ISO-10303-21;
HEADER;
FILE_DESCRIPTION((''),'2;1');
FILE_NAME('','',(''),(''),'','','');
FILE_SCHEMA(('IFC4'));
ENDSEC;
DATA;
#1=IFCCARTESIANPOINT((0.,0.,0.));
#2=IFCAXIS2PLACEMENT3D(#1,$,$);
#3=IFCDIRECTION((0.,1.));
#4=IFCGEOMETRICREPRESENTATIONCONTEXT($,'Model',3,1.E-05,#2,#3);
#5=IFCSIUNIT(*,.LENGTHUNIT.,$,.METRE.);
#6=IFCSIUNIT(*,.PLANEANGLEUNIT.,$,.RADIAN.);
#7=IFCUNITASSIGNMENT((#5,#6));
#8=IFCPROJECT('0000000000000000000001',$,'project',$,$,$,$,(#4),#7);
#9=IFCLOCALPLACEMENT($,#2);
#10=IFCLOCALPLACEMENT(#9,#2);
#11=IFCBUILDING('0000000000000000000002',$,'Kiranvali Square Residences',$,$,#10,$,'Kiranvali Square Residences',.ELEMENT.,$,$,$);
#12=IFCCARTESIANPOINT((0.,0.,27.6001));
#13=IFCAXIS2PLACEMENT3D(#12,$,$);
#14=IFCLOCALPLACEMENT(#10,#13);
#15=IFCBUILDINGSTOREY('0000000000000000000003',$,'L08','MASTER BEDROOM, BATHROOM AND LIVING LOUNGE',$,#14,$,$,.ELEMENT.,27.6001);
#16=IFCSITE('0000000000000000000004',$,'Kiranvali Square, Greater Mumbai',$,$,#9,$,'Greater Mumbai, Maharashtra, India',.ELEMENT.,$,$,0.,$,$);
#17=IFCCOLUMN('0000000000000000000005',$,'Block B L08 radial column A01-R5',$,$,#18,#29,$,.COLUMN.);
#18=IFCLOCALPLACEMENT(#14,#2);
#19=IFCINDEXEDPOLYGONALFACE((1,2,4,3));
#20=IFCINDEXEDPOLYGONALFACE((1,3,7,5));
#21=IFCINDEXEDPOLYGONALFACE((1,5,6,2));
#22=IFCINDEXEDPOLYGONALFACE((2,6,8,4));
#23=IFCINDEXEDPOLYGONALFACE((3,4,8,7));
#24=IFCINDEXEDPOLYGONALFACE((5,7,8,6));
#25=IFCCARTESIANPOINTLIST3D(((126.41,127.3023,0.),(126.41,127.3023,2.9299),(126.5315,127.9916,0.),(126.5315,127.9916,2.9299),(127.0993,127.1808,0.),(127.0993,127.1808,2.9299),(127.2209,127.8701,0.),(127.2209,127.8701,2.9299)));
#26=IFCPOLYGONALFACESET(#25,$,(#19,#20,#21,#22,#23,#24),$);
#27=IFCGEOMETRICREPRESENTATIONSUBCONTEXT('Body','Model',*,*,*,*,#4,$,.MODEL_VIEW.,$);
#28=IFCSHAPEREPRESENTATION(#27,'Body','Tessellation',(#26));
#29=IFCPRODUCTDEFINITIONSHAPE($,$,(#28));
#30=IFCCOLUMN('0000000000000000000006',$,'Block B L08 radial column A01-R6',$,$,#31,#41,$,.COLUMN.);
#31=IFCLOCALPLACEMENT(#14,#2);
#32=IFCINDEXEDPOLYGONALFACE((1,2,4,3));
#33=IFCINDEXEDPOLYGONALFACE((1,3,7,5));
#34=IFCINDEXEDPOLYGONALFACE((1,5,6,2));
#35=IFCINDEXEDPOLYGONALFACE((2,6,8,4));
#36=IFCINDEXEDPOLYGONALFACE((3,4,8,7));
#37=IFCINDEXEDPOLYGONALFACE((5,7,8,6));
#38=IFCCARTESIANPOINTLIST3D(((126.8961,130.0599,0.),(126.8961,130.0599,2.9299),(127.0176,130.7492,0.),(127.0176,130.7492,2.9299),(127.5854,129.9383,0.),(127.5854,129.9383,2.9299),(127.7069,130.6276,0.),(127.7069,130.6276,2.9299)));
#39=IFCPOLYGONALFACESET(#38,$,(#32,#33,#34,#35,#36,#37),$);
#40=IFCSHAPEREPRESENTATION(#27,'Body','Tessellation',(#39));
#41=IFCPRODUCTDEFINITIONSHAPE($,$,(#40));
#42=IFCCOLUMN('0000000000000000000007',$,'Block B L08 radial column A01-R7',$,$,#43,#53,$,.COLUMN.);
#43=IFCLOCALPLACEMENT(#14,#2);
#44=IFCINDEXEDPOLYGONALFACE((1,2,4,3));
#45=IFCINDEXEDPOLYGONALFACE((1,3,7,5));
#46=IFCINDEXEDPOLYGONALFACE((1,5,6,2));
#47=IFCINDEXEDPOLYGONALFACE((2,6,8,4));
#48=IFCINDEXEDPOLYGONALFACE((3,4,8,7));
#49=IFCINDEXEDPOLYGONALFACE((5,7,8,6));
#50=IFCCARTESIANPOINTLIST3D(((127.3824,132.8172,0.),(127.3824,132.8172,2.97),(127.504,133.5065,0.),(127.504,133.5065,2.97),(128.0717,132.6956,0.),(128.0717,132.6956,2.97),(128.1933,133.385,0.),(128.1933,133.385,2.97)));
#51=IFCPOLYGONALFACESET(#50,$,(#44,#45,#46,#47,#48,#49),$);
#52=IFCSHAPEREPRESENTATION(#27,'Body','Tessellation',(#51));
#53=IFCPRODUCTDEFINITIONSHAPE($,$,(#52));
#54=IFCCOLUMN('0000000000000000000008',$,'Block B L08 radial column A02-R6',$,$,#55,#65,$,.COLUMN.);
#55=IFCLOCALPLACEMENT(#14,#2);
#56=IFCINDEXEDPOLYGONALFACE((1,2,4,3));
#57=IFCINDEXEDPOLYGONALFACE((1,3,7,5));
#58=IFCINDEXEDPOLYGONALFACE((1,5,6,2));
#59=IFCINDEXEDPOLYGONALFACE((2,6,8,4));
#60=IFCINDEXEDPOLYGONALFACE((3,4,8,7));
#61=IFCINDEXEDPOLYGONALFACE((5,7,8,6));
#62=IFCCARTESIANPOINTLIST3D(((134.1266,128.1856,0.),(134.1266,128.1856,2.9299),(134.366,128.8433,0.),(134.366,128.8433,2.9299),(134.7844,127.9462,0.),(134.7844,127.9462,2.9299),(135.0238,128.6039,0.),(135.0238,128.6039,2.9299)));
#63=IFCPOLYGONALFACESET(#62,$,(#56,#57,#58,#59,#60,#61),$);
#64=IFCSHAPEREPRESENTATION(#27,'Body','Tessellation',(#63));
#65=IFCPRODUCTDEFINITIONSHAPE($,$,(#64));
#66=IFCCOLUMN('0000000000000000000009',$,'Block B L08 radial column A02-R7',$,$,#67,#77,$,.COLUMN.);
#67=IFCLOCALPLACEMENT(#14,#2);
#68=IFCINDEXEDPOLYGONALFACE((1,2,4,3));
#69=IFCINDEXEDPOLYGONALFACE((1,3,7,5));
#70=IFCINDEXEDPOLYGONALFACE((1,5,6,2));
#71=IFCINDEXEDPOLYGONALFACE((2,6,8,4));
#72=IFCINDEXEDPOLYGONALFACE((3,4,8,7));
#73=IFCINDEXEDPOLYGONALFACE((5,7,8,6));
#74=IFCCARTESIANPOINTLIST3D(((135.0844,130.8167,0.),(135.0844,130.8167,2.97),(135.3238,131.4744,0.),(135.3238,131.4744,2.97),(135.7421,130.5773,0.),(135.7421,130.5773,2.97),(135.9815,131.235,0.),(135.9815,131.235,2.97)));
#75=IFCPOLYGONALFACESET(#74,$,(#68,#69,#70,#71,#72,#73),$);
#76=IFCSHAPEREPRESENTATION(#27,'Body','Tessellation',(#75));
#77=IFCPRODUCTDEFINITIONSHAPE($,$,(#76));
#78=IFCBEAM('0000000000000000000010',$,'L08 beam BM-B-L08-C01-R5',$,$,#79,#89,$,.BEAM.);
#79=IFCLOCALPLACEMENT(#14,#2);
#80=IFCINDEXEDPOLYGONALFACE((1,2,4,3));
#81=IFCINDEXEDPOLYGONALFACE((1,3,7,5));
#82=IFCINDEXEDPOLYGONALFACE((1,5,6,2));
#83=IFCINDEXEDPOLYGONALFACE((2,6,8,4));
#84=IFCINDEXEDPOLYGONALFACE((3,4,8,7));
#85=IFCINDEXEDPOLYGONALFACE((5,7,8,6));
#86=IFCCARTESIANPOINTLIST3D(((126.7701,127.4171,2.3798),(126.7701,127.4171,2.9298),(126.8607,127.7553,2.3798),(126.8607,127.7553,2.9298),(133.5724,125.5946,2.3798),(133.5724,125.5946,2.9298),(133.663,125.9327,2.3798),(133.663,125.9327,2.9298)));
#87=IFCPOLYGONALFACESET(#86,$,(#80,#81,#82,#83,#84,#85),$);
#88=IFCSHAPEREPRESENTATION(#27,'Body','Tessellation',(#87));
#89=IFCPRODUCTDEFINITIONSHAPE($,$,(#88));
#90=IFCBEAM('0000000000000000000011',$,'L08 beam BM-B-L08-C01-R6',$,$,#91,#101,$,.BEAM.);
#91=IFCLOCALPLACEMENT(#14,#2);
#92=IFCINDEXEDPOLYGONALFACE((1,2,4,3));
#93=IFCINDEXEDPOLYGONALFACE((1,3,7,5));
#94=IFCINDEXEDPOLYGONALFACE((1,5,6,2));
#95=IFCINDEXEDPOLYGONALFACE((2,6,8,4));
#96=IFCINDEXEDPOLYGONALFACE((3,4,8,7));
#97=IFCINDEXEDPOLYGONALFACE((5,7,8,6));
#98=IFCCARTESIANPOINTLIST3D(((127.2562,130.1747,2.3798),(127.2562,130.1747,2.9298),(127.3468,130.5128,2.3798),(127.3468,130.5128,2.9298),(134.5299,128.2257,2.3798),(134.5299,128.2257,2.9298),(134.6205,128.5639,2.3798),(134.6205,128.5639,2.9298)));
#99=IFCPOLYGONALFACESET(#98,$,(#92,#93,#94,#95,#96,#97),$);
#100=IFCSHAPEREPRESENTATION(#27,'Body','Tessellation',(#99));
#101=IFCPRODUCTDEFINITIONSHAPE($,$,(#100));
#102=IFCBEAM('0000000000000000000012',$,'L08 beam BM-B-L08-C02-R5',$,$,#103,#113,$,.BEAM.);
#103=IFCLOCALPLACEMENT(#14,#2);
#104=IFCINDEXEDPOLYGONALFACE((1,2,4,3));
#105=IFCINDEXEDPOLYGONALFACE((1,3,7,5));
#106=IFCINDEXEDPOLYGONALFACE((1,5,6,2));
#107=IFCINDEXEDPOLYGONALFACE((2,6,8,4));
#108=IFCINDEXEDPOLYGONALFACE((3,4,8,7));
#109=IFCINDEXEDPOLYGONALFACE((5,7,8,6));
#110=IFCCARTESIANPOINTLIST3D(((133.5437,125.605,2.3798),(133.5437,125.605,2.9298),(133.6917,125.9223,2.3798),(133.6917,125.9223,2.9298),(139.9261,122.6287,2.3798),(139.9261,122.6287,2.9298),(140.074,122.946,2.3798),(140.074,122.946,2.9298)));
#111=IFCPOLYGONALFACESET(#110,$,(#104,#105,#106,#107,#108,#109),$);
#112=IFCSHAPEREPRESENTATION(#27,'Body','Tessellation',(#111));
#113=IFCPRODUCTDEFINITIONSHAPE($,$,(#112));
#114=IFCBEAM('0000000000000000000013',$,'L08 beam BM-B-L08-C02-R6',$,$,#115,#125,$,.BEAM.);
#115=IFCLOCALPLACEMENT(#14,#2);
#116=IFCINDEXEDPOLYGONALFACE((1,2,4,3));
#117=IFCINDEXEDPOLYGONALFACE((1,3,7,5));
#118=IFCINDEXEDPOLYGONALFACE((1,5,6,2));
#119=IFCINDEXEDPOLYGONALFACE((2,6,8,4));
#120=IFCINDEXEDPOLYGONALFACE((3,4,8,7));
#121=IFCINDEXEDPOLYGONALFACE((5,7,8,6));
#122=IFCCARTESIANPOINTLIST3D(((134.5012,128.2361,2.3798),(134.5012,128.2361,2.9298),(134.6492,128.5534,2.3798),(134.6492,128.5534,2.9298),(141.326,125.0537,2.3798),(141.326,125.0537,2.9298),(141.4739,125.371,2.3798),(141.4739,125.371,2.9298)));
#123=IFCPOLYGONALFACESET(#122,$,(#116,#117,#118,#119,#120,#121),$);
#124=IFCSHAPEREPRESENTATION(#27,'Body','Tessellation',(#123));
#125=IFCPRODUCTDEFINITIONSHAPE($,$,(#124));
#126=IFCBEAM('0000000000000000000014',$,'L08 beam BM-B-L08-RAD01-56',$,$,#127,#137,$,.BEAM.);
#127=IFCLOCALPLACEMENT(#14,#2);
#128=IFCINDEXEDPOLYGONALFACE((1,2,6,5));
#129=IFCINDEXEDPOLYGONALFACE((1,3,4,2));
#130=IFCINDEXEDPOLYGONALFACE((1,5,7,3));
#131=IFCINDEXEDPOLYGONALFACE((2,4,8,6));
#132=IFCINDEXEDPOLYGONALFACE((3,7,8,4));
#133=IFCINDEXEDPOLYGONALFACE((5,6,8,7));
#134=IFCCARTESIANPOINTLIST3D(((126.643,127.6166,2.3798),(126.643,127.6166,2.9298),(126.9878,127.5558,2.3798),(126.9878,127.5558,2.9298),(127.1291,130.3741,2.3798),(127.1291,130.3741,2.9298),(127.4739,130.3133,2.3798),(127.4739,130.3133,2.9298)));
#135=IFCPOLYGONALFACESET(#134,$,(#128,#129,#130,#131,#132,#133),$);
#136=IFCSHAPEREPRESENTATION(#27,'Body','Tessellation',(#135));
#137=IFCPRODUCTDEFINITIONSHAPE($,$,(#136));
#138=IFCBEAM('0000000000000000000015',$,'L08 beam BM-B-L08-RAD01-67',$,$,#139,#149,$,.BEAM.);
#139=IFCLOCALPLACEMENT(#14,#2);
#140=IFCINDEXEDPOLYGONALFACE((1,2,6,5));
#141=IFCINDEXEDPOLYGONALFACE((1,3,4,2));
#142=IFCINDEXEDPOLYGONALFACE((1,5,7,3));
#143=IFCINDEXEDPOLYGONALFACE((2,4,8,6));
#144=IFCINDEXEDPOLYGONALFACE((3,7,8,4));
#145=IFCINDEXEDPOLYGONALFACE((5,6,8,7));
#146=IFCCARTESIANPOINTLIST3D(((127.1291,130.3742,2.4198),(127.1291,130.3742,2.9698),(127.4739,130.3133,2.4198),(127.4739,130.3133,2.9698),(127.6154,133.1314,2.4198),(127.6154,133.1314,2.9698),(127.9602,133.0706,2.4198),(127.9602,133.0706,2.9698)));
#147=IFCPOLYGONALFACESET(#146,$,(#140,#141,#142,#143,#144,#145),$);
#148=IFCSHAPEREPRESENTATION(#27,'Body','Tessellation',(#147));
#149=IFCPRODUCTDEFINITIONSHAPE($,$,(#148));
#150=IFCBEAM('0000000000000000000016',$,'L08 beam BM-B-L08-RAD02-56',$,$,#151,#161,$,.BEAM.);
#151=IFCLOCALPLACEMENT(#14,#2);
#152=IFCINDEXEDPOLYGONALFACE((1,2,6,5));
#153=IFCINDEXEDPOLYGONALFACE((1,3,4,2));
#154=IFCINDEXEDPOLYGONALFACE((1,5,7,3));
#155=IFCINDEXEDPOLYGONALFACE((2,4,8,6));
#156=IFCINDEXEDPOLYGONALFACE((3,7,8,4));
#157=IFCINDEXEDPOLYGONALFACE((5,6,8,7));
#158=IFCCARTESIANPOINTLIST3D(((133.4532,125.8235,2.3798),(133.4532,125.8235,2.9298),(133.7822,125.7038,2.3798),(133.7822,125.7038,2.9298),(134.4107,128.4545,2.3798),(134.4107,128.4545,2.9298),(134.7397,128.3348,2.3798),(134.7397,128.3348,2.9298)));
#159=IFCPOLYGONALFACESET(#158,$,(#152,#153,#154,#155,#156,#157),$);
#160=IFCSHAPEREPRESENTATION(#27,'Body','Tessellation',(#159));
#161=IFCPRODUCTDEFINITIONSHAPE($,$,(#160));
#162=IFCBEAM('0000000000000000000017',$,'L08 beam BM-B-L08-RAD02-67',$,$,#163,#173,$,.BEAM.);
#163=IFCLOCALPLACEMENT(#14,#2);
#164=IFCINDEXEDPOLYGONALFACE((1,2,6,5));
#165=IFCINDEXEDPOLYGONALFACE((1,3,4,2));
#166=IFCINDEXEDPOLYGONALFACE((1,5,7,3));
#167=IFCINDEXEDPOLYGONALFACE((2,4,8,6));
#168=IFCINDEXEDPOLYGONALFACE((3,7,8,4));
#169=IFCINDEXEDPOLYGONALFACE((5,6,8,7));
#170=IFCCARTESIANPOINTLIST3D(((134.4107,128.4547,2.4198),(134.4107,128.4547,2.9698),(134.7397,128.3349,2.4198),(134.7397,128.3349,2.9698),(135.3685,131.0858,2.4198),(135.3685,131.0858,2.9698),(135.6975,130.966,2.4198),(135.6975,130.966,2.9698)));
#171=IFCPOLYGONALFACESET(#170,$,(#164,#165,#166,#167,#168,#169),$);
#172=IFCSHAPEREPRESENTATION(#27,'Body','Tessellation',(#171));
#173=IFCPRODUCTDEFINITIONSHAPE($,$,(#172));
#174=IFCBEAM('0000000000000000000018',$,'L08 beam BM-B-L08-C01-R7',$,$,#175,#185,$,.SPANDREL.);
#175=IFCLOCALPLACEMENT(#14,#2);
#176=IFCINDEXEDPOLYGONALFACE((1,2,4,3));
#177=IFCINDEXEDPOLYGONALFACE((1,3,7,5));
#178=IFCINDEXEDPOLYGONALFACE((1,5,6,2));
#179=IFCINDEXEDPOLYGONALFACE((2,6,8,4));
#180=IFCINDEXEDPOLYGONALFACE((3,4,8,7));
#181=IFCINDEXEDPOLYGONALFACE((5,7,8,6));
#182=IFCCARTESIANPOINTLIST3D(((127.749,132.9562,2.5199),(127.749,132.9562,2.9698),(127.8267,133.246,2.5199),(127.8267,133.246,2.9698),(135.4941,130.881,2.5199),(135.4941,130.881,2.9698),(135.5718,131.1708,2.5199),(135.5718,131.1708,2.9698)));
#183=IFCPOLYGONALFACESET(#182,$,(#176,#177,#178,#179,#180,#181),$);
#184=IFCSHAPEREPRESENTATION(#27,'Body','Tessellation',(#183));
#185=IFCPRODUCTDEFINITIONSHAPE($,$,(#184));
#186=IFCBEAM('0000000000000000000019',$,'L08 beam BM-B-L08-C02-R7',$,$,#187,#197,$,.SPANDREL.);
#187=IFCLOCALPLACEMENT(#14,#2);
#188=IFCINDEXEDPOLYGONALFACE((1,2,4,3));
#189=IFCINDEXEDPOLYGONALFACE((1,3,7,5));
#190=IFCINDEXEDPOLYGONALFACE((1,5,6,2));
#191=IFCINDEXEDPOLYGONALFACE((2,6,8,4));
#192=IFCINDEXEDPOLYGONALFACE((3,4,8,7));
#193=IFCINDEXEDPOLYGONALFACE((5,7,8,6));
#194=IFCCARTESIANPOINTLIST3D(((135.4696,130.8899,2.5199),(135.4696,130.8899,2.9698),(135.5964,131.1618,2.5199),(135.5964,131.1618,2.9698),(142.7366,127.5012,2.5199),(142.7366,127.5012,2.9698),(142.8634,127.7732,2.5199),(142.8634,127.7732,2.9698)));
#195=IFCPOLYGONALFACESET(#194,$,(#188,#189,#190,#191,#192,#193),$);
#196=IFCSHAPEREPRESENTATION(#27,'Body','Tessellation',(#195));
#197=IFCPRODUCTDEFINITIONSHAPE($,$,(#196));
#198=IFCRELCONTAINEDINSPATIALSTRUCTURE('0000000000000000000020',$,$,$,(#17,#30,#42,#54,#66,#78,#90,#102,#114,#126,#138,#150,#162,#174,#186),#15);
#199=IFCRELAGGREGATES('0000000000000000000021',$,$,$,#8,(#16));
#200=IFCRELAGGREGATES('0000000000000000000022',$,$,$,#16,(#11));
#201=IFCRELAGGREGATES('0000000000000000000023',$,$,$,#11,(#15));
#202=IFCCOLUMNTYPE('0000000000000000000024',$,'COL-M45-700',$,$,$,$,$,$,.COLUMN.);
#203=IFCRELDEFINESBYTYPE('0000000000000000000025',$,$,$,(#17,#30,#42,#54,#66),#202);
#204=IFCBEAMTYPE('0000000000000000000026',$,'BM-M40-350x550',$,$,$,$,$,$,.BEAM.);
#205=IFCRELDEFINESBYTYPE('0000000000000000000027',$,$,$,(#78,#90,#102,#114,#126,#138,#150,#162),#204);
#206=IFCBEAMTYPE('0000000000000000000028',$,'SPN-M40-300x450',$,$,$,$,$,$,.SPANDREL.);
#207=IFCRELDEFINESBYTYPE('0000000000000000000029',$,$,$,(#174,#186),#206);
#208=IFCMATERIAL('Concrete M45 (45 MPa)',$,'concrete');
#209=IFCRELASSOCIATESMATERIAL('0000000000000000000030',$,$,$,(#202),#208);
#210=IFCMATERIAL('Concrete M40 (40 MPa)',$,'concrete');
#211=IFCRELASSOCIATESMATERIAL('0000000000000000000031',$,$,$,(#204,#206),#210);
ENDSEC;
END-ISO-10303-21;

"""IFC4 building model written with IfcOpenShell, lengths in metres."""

from ifc_helpers import new_model, si_unit, direction, frame, origin, origin_2d, place, context, subcontext, project, spatial, rectangle, extrude, material, material_profile, profile_set, type_object, element, save


model = new_model("IFC4")

# Units and contexts
model_context = context("Model", 3, precision=1e-05, world=origin(), true_north=direction((0.0, 1.0)))
body_context = subcontext(model_context, "Body", "Model", "MODEL_VIEW")
ifc_project = project(units=[si_unit("LENGTHUNIT", "METRE"), si_unit("PLANEANGLEUNIT", "RADIAN")], contexts=[model_context])

# Site, building, storey
site_placement = place(None, origin())
site = spatial("IfcSite", under=ifc_project, at=site_placement, Name="Kiranvali Square, Greater Mumbai", LongName="Greater Mumbai, Maharashtra, India", CompositionType="ELEMENT", RefElevation=0.0)
building_placement = place(site_placement, origin())
building = spatial("IfcBuilding", under=site, at=building_placement, Name="Kiranvali Square Residences", LongName="Kiranvali Square Residences", CompositionType="ELEMENT")
storey_placement = place(building_placement, frame((0.0, 0.0, 27.6001)))
storey = spatial("IfcBuildingStorey", under=building, at=storey_placement, Name="L08", Description="MASTER BEDROOM, BATHROOM AND LIVING LOUNGE", CompositionType="ELEMENT", Elevation=27.6001)

# Columns
ifc_material_1 = material(Name="Concrete M45 (45 MPa)", Category="concrete")
ifc_material_profile_1 = material_profile(ifc_material_1, rectangle(XDim=0.7, YDim=0.7, at=origin_2d()), Name="RC 700x700")
ifc_profile_set_1 = profile_set([ifc_material_profile_1], Name="Concrete M45 (45 MPa)")
column_type = type_object("IfcColumnType", Name="COL-M45-700", PredefinedType="COLUMN", material=ifc_profile_set_1)
for number, where, z_axis, x_axis, name in (
    (1, (126.8154, 127.5862, 0.0), (0.0, 0.0, 1.0), (-0.984808, 0.173648, 0.0), "Block B L08 radial column A01-R5"),
    (2, (127.3015, 130.3438, 0.0), (0.0, 0.0, 1.0), (-0.984808, 0.173648, 0.0), "Block B L08 radial column A01-R6"),
):
    element("IfcColumn", number, at=place(storey_placement, frame(where, z_axis=z_axis, x_axis=x_axis)), inside=storey, type_object=column_type, Name=name, PredefinedType="COLUMN", context=body_context, shape_type="SweptSolid", body=[
        extrude(rectangle(XDim=0.7, YDim=0.7, at=origin_2d()), origin(), (0.0, 0.0, 1.0), 2.9299),
    ])
column_1_placement = place(storey_placement, frame((127.7878, 133.1011, 0.0), z_axis=(0.0, 0.0, 1.0), x_axis=(-0.984808, 0.173648, 0.0)))
element("IfcColumn", 3, at=column_1_placement, inside=storey, type_object=column_type, Name="Block B L08 radial column A01-R7", PredefinedType="COLUMN", context=body_context, shape_type="SweptSolid", body=[
    extrude(rectangle(XDim=0.7, YDim=0.7, at=origin_2d()), origin(), (0.0, 0.0, 1.0), 2.97),
])
column_2_placement = place(storey_placement, frame((134.5752, 128.3948, 0.0), z_axis=(0.0, 0.0, 1.0), x_axis=(-0.939693, 0.34202, 0.0)))
element("IfcColumn", 4, at=column_2_placement, inside=storey, type_object=column_type, Name="Block B L08 radial column A02-R6", PredefinedType="COLUMN", context=body_context, shape_type="SweptSolid", body=[
    extrude(rectangle(XDim=0.7, YDim=0.7, at=origin_2d()), origin(), (0.0, 0.0, 1.0), 2.9299),
])
column_3_placement = place(storey_placement, frame((135.533, 131.0259, 0.0), z_axis=(0.0, 0.0, 1.0), x_axis=(-0.939693, 0.34202, 0.0)))
element("IfcColumn", 5, at=column_3_placement, inside=storey, type_object=column_type, Name="Block B L08 radial column A02-R7", PredefinedType="COLUMN", context=body_context, shape_type="SweptSolid", body=[
    extrude(rectangle(XDim=0.7, YDim=0.7, at=origin_2d()), origin(), (0.0, 0.0, 1.0), 2.97),
])

# Beams
ifc_material_2 = material(Name="Concrete M40 (40 MPa)", Category="concrete")
ifc_material_profile_2 = material_profile(ifc_material_2, rectangle(XDim=0.3501, YDim=0.55, at=origin_2d()), Name="RC 350x550")
ifc_profile_set_2 = profile_set([ifc_material_profile_2], Name="Concrete M40 (40 MPa)")
beam_type_1 = type_object("IfcBeamType", Name="BM-M40-350x550", PredefinedType="BEAM", material=ifc_profile_set_2)
beam_1_placement = place(storey_placement, frame((126.8154, 127.5862, 2.6548), z_axis=(0.965931, -0.2588, 0.0), x_axis=(0.2588, 0.965931, 0.0)))
element("IfcBeam", 6, at=beam_1_placement, inside=storey, type_object=beam_type_1, Name="L08 beam BM-B-L08-C01-R5", PredefinedType="BEAM", context=body_context, shape_type="SweptSolid", body=[
    extrude(rectangle(XDim=0.3501, YDim=0.55, at=origin_2d()), origin(), (0.0, 0.0, 1.0), 7.0422),
])
beam_2_placement = place(storey_placement, frame((127.3015, 130.3438, 2.6548), z_axis=(0.965926, -0.258819, 0.0), x_axis=(0.258819, 0.965926, 0.0)))
element("IfcBeam", 7, at=beam_2_placement, inside=storey, type_object=beam_type_1, Name="L08 beam BM-B-L08-C01-R6", PredefinedType="BEAM", context=body_context, shape_type="SweptSolid", body=[
    extrude(rectangle(XDim=0.3501, YDim=0.55, at=origin_2d()), origin(), (0.0, 0.0, 1.0), 7.5303),
])
beam_3_placement = place(storey_placement, frame((133.6177, 125.7637, 2.6548), z_axis=(0.906297, -0.422641, 0.0), x_axis=(0.422641, 0.906297, 0.0)))
element("IfcBeam", 8, at=beam_3_placement, inside=storey, type_object=beam_type_1, Name="L08 beam BM-B-L08-C02-R5", PredefinedType="BEAM", context=body_context, shape_type="SweptSolid", body=[
    extrude(rectangle(XDim=0.3501, YDim=0.55, at=origin_2d()), origin(), (0.0, 0.0, 1.0), 7.0422),
])
beam_4_placement = place(storey_placement, frame((134.5752, 128.3948, 2.6548), z_axis=(0.90631, -0.422614, 0.0), x_axis=(0.422614, 0.90631, 0.0)))
element("IfcBeam", 9, at=beam_4_placement, inside=storey, type_object=beam_type_1, Name="L08 beam BM-B-L08-C02-R6", PredefinedType="BEAM", context=body_context, shape_type="SweptSolid", body=[
    extrude(rectangle(XDim=0.3501, YDim=0.55, at=origin_2d()), origin(), (0.0, 0.0, 1.0), 7.5303),
])
beam_5_placement = place(storey_placement, frame((126.8154, 127.5862, 2.6548), z_axis=(0.173596, 0.984817, 0.0), x_axis=(-0.984817, 0.173596, 0.0)))
element("IfcBeam", 10, at=beam_5_placement, inside=storey, type_object=beam_type_1, Name="L08 beam BM-B-L08-RAD01-56", PredefinedType="BEAM", context=body_context, shape_type="SweptSolid", body=[
    extrude(rectangle(XDim=0.3501, YDim=0.55, at=origin_2d()), origin(), (0.0, 0.0, 1.0), 2.8),
])
for number, where, z_axis, x_axis, name in (
    (11, (127.3015, 130.3438, 2.6948), (0.173696, 0.984799, 0.0), (-0.984799, 0.173696, 0.0), "L08 beam BM-B-L08-RAD01-67"),
    (12, (133.6177, 125.7637, 2.6548), (0.341981, 0.939707, 0.0), (-0.939707, 0.341981, 0.0), "L08 beam BM-B-L08-RAD02-56"),
):
    element("IfcBeam", number, at=place(storey_placement, frame(where, z_axis=z_axis, x_axis=x_axis)), inside=storey, type_object=beam_type_1, Name=name, PredefinedType="BEAM", context=body_context, shape_type="SweptSolid", body=[
        extrude(rectangle(XDim=0.3501, YDim=0.55, at=origin_2d()), origin(), (0.0, 0.0, 1.0), 2.7998),
    ])
beam_6_placement = place(storey_placement, frame((134.5752, 128.3948, 2.6948), z_axis=(0.342058, 0.939679, 0.0), x_axis=(-0.939679, 0.342058, 0.0)))
element("IfcBeam", 13, at=beam_6_placement, inside=storey, type_object=beam_type_1, Name="L08 beam BM-B-L08-RAD02-67", PredefinedType="BEAM", context=body_context, shape_type="SweptSolid", body=[
    extrude(rectangle(XDim=0.3501, YDim=0.55, at=origin_2d()), origin(), (0.0, 0.0, 1.0), 2.8),
])
ifc_material_profile_3 = material_profile(ifc_material_2, rectangle(XDim=0.3, YDim=0.45, at=origin_2d()), Name="RC 300x450")
ifc_profile_set_3 = profile_set([ifc_material_profile_3], Name="Concrete M40 (40 MPa)")
beam_type_2 = type_object("IfcBeamType", Name="SPN-M40-300x450", PredefinedType="SPANDREL", material=ifc_profile_set_3)
for number, where, z_axis, x_axis, name in (
    (14, (127.7878, 133.1011, 2.7449), (0.965929, -0.258807, 0.0), (0.258807, 0.965929, 0.0), "L08 beam BM-B-L08-C01-R7"),
    (15, (135.533, 131.0259, 2.7449), (0.906309, -0.422615, 0.0), (0.422615, 0.906309, 0.0), "L08 beam BM-B-L08-C02-R7"),
):
    element("IfcBeam", number, at=place(storey_placement, frame(where, z_axis=z_axis, x_axis=x_axis)), inside=storey, type_object=beam_type_2, Name=name, PredefinedType="SPANDREL", context=body_context, shape_type="SweptSolid", body=[
        extrude(rectangle(XDim=0.3, YDim=0.45, at=origin_2d()), origin(), (0.0, 0.0, 1.0), 8.0183),
    ])

save(model, "model.ifc")
